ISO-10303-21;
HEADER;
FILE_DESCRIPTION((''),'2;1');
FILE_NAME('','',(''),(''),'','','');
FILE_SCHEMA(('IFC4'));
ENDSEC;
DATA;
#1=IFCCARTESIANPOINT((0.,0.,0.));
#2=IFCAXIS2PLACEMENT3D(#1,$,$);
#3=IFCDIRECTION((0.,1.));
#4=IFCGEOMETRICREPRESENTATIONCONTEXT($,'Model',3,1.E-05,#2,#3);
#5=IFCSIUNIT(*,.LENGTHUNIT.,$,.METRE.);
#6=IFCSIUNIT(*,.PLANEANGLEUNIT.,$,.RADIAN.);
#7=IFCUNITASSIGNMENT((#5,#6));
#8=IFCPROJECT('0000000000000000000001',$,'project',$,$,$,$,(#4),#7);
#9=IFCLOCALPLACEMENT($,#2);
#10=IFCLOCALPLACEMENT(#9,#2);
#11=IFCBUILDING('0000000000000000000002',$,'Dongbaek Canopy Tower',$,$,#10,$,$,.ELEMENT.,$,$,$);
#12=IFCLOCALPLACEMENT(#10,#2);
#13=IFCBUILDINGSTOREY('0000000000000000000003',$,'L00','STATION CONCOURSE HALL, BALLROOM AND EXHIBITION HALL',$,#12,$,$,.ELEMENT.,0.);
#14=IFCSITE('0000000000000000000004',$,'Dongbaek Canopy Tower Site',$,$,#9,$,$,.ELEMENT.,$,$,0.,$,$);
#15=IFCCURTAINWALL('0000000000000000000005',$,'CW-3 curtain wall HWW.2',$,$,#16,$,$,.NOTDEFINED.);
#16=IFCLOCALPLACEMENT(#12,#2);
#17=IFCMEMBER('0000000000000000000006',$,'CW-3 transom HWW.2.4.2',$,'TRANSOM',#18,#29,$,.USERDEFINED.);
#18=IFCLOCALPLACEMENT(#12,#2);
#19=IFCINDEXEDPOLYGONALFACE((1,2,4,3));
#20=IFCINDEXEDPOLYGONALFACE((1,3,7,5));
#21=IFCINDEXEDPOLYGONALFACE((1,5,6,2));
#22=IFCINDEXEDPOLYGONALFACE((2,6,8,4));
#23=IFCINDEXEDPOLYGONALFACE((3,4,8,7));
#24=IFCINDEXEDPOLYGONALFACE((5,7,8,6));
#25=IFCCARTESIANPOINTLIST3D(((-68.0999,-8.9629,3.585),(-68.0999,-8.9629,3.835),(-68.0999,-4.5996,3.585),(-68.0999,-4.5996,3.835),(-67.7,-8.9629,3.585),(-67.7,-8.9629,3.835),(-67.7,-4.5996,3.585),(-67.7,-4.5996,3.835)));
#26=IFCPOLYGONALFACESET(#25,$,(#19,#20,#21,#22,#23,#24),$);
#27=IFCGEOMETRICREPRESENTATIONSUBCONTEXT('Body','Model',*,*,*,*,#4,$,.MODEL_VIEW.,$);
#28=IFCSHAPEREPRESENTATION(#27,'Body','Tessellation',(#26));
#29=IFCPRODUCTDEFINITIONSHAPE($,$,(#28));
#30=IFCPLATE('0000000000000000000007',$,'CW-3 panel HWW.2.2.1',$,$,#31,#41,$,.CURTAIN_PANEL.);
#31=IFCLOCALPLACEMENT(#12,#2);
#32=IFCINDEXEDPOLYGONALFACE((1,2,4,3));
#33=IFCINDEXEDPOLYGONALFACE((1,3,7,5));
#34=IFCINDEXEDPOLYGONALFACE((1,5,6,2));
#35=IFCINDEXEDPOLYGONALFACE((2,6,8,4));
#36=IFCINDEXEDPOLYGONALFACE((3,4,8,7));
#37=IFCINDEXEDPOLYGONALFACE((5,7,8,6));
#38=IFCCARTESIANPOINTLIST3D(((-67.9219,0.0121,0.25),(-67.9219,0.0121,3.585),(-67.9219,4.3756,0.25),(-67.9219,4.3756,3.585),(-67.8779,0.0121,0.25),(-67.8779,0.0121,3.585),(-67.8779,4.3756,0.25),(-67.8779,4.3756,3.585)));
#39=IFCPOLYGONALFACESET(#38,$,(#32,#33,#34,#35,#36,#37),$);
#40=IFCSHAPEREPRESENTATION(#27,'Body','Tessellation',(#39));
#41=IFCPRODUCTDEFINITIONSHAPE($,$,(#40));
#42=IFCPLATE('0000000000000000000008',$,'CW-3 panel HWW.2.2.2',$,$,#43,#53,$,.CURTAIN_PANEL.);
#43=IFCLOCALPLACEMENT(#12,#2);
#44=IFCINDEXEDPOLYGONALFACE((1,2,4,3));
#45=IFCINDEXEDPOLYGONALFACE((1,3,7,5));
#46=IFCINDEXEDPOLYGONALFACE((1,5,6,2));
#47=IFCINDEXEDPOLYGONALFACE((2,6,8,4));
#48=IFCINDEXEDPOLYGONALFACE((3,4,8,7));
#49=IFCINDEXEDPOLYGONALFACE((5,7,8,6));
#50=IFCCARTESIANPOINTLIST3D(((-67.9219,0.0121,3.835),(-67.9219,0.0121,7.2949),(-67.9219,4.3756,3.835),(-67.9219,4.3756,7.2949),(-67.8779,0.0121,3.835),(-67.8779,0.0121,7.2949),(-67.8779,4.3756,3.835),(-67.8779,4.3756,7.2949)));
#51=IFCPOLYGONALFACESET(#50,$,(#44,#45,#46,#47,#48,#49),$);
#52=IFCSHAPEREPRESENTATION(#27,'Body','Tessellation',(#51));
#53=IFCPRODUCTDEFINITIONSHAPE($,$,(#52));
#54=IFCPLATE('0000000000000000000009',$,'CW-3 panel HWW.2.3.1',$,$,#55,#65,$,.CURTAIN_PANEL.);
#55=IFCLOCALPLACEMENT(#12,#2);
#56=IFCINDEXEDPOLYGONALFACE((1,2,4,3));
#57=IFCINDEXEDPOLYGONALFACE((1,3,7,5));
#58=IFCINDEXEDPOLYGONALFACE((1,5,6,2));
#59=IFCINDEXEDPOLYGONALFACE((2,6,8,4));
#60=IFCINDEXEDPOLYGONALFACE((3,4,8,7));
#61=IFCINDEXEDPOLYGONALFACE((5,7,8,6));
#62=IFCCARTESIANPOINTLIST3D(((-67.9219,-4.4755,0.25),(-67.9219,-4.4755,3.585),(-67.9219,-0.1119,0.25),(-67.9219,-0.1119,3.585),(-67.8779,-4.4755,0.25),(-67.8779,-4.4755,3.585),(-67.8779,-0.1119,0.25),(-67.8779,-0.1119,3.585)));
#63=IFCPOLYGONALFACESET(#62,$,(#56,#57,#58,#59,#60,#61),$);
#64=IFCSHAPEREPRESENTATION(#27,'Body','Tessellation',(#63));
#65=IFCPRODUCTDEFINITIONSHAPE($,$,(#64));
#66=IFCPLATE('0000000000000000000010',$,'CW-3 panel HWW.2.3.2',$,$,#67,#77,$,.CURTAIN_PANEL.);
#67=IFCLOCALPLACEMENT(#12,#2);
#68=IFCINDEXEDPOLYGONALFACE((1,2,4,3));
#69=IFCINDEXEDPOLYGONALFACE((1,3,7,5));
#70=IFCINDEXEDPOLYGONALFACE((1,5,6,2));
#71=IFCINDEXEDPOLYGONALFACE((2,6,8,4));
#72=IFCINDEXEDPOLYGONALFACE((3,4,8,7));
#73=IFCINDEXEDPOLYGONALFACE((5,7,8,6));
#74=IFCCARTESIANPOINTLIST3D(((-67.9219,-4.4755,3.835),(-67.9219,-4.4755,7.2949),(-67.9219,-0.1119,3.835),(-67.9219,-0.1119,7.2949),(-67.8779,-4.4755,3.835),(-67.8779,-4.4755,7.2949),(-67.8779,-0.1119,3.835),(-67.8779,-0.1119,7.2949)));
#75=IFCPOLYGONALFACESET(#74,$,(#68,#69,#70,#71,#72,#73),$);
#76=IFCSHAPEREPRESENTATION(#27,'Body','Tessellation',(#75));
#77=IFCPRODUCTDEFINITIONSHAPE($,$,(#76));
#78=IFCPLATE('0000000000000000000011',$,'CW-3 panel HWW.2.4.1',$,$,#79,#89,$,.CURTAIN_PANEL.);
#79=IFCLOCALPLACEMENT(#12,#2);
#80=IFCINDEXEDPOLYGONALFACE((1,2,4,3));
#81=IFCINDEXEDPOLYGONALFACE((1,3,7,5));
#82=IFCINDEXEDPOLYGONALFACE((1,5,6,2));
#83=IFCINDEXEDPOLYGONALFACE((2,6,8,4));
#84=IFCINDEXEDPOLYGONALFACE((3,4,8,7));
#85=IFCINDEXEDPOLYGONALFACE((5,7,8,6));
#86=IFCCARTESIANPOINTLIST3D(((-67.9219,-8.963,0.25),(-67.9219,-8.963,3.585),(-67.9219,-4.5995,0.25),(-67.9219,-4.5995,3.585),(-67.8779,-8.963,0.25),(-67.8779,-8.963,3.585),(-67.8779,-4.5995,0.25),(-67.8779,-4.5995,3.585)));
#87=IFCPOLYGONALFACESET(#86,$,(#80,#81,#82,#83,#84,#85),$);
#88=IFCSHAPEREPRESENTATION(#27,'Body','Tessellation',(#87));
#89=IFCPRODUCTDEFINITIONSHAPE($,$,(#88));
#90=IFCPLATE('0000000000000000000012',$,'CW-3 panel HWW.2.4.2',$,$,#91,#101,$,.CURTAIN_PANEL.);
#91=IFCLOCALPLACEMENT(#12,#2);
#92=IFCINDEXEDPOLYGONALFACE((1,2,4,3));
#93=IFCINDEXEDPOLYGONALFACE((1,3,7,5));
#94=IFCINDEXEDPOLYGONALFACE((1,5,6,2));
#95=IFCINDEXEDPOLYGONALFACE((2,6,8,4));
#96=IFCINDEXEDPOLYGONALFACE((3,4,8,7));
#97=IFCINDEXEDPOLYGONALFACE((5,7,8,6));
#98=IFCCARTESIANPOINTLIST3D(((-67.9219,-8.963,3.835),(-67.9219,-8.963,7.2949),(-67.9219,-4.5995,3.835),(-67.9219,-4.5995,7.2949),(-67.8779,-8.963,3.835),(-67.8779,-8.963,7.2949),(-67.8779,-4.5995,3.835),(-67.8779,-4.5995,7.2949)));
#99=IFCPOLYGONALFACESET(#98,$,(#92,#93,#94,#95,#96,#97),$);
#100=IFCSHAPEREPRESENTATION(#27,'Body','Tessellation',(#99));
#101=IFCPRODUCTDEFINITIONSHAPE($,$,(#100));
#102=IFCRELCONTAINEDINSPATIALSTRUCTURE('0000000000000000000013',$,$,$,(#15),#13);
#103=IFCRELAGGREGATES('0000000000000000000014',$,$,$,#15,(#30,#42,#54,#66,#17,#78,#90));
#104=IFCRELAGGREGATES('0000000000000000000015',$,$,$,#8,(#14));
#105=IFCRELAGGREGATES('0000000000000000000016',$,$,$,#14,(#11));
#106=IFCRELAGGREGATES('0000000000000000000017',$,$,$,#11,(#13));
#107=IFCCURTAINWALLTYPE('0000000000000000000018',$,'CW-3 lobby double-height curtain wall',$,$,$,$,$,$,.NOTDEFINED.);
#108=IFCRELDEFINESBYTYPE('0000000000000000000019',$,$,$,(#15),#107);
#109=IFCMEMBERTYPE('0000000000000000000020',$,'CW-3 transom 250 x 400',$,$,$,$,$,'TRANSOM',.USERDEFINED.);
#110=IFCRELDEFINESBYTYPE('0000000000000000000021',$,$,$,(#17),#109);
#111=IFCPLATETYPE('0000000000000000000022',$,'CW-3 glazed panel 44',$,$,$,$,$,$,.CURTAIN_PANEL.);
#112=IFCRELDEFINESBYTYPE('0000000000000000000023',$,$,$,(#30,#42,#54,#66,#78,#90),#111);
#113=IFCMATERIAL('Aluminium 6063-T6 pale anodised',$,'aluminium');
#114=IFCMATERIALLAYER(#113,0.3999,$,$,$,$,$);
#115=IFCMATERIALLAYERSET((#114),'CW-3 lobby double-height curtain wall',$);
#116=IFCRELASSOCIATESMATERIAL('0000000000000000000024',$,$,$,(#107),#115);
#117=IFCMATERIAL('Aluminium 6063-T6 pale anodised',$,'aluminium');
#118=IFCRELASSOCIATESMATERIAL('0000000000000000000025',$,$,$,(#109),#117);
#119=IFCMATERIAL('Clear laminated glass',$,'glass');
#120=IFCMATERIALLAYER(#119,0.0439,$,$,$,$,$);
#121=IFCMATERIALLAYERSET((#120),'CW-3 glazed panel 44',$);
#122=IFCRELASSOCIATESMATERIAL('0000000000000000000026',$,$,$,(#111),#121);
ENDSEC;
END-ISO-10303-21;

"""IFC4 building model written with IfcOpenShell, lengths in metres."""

from ifc_helpers import new_model, si_unit, direction, frame, origin, origin_2d, place, context, subcontext, project, spatial, rectangle, extrude, material, layer, layer_set, material_profile, profile_set, type_object, element, aggregate, save


model = new_model("IFC4")

# Units and contexts
model_context = context("Model", 3, precision=1e-05, world=origin(), true_north=direction((0.0, 1.0)))
body_context = subcontext(model_context, "Body", "Model", "MODEL_VIEW")
ifc_project = project(units=[si_unit("LENGTHUNIT", "METRE"), si_unit("PLANEANGLEUNIT", "RADIAN")], contexts=[model_context])

# Site, building, storey
site_placement = place(None, origin())
site = spatial("IfcSite", under=ifc_project, at=site_placement, Name="Dongbaek Canopy Tower Site", CompositionType="ELEMENT", RefElevation=0.0)
building_placement = place(site_placement, origin())
building = spatial("IfcBuilding", under=site, at=building_placement, Name="Dongbaek Canopy Tower", CompositionType="ELEMENT")
storey_placement = place(building_placement, origin())
storey = spatial("IfcBuildingStorey", under=building, at=storey_placement, Name="L00", Description="STATION CONCOURSE HALL, BALLROOM AND EXHIBITION HALL", CompositionType="ELEMENT", Elevation=0.0)

# Curtain wall, member, plates
ifc_material_1 = material(Name="Aluminium 6063-T6 pale anodised", Category="aluminium")
ifc_layer_1 = layer(ifc_material_1, 0.3999)
ifc_layer_set_1 = layer_set([ifc_layer_1], Name="CW-3 lobby double-height curtain wall")
curtain_wall_type = type_object("IfcCurtainWallType", Name="CW-3 lobby double-height curtain wall", PredefinedType="NOTDEFINED", material=ifc_layer_set_1)
curtain_wall_placement = place(storey_placement, origin())
curtain_wall = element("IfcCurtainWall", 1, at=curtain_wall_placement, inside=storey, type_object=curtain_wall_type, Name="CW-3 curtain wall HWW.2", PredefinedType="NOTDEFINED")
ifc_material_2 = material(Name="Aluminium 6063-T6 pale anodised", Category="aluminium")
ifc_material_profile_1 = material_profile(ifc_material_2, rectangle(XDim=0.3999, YDim=0.25, at=origin_2d()), Name="CW-3 transom 250 x 400")
ifc_profile_set_1 = profile_set([ifc_material_profile_1], Name="Aluminium 6063-T6 pale anodised")
member_type_1 = type_object("IfcMemberType", Name="CW-3 transom 250 x 400", ElementType="TRANSOM", PredefinedType="USERDEFINED", material=ifc_profile_set_1)
member_1_placement = place(storey_placement, frame((-67.8999, -4.5996, 3.71), z_axis=(0.0, -1.0, 0.0), x_axis=(1.0, 0.0, 0.0)))
member_1 = element("IfcMember", 2, at=member_1_placement, type_object=member_type_1, Name="CW-3 transom HWW.2.4.2", ObjectType="TRANSOM", PredefinedType="USERDEFINED", context=body_context, shape_type="SweptSolid", body=[
    extrude(rectangle(XDim=0.3999, YDim=0.25, at=origin_2d()), origin(), (0.0, 0.0, 1.0), 4.3633),
])
ifc_material_3 = material(Name="Clear laminated glass", Category="glass")
ifc_layer_2 = layer(ifc_material_3, 0.0439)
ifc_layer_set_2 = layer_set([ifc_layer_2], Name="CW-3 glazed panel 44")
plate_type = type_object("IfcPlateType", Name="CW-3 glazed panel 44", PredefinedType="CURTAIN_PANEL", material=ifc_layer_set_2)
plate_1_placement = place(storey_placement, frame((-67.8999, 2.1938, 0.25), z_axis=(0.0, 0.0, 1.0), x_axis=(0.0, -1.0, 0.0)))
plate_1 = element("IfcPlate", 3, at=plate_1_placement, type_object=plate_type, Name="CW-3 panel HWW.2.2.1", PredefinedType="CURTAIN_PANEL", context=body_context, shape_type="SweptSolid", body=[
    extrude(rectangle(XDim=4.3635, YDim=0.0439, at=origin_2d()), origin(), (0.0, 0.0, 1.0), 3.335),
])
plate_2_placement = place(storey_placement, frame((-67.8999, 2.1938, 3.835), z_axis=(0.0, 0.0, 1.0), x_axis=(0.0, -1.0, 0.0)))
plate_2 = element("IfcPlate", 4, at=plate_2_placement, type_object=plate_type, Name="CW-3 panel HWW.2.2.2", PredefinedType="CURTAIN_PANEL", context=body_context, shape_type="SweptSolid", body=[
    extrude(rectangle(XDim=4.3635, YDim=0.0439, at=origin_2d()), origin(), (0.0, 0.0, 1.0), 3.46),
])
plate_3_placement = place(storey_placement, frame((-67.8999, -2.2937, 0.25), z_axis=(0.0, 0.0, 1.0), x_axis=(0.0, -1.0, 0.0)))
plate_3 = element("IfcPlate", 5, at=plate_3_placement, type_object=plate_type, Name="CW-3 panel HWW.2.3.1", PredefinedType="CURTAIN_PANEL", context=body_context, shape_type="SweptSolid", body=[
    extrude(rectangle(XDim=4.3635, YDim=0.0439, at=origin_2d()), origin(), (0.0, 0.0, 1.0), 3.335),
])
plate_4_placement = place(storey_placement, frame((-67.8999, -2.2937, 3.835), z_axis=(0.0, 0.0, 1.0), x_axis=(0.0, -1.0, 0.0)))
plate_4 = element("IfcPlate", 6, at=plate_4_placement, type_object=plate_type, Name="CW-3 panel HWW.2.3.2", PredefinedType="CURTAIN_PANEL", context=body_context, shape_type="SweptSolid", body=[
    extrude(rectangle(XDim=4.3635, YDim=0.0439, at=origin_2d()), origin(), (0.0, 0.0, 1.0), 3.46),
])
plate_5_placement = place(storey_placement, frame((-67.8999, -6.7812, 0.25), z_axis=(0.0, 0.0, 1.0), x_axis=(0.0, -1.0, 0.0)))
plate_5 = element("IfcPlate", 7, at=plate_5_placement, type_object=plate_type, Name="CW-3 panel HWW.2.4.1", PredefinedType="CURTAIN_PANEL", context=body_context, shape_type="SweptSolid", body=[
    extrude(rectangle(XDim=4.3635, YDim=0.0439, at=origin_2d()), origin(), (0.0, 0.0, 1.0), 3.335),
])
plate_6_placement = place(storey_placement, frame((-67.8999, -6.7812, 3.835), z_axis=(0.0, 0.0, 1.0), x_axis=(0.0, -1.0, 0.0)))
plate_6 = element("IfcPlate", 8, at=plate_6_placement, type_object=plate_type, Name="CW-3 panel HWW.2.4.2", PredefinedType="CURTAIN_PANEL", context=body_context, shape_type="SweptSolid", body=[
    extrude(rectangle(XDim=4.3635, YDim=0.0439, at=origin_2d()), origin(), (0.0, 0.0, 1.0), 3.46),
])
aggregate(curtain_wall, [plate_1, plate_2, plate_3, plate_4, member_1, plate_5, plate_6])

save(model, "model.ifc")
